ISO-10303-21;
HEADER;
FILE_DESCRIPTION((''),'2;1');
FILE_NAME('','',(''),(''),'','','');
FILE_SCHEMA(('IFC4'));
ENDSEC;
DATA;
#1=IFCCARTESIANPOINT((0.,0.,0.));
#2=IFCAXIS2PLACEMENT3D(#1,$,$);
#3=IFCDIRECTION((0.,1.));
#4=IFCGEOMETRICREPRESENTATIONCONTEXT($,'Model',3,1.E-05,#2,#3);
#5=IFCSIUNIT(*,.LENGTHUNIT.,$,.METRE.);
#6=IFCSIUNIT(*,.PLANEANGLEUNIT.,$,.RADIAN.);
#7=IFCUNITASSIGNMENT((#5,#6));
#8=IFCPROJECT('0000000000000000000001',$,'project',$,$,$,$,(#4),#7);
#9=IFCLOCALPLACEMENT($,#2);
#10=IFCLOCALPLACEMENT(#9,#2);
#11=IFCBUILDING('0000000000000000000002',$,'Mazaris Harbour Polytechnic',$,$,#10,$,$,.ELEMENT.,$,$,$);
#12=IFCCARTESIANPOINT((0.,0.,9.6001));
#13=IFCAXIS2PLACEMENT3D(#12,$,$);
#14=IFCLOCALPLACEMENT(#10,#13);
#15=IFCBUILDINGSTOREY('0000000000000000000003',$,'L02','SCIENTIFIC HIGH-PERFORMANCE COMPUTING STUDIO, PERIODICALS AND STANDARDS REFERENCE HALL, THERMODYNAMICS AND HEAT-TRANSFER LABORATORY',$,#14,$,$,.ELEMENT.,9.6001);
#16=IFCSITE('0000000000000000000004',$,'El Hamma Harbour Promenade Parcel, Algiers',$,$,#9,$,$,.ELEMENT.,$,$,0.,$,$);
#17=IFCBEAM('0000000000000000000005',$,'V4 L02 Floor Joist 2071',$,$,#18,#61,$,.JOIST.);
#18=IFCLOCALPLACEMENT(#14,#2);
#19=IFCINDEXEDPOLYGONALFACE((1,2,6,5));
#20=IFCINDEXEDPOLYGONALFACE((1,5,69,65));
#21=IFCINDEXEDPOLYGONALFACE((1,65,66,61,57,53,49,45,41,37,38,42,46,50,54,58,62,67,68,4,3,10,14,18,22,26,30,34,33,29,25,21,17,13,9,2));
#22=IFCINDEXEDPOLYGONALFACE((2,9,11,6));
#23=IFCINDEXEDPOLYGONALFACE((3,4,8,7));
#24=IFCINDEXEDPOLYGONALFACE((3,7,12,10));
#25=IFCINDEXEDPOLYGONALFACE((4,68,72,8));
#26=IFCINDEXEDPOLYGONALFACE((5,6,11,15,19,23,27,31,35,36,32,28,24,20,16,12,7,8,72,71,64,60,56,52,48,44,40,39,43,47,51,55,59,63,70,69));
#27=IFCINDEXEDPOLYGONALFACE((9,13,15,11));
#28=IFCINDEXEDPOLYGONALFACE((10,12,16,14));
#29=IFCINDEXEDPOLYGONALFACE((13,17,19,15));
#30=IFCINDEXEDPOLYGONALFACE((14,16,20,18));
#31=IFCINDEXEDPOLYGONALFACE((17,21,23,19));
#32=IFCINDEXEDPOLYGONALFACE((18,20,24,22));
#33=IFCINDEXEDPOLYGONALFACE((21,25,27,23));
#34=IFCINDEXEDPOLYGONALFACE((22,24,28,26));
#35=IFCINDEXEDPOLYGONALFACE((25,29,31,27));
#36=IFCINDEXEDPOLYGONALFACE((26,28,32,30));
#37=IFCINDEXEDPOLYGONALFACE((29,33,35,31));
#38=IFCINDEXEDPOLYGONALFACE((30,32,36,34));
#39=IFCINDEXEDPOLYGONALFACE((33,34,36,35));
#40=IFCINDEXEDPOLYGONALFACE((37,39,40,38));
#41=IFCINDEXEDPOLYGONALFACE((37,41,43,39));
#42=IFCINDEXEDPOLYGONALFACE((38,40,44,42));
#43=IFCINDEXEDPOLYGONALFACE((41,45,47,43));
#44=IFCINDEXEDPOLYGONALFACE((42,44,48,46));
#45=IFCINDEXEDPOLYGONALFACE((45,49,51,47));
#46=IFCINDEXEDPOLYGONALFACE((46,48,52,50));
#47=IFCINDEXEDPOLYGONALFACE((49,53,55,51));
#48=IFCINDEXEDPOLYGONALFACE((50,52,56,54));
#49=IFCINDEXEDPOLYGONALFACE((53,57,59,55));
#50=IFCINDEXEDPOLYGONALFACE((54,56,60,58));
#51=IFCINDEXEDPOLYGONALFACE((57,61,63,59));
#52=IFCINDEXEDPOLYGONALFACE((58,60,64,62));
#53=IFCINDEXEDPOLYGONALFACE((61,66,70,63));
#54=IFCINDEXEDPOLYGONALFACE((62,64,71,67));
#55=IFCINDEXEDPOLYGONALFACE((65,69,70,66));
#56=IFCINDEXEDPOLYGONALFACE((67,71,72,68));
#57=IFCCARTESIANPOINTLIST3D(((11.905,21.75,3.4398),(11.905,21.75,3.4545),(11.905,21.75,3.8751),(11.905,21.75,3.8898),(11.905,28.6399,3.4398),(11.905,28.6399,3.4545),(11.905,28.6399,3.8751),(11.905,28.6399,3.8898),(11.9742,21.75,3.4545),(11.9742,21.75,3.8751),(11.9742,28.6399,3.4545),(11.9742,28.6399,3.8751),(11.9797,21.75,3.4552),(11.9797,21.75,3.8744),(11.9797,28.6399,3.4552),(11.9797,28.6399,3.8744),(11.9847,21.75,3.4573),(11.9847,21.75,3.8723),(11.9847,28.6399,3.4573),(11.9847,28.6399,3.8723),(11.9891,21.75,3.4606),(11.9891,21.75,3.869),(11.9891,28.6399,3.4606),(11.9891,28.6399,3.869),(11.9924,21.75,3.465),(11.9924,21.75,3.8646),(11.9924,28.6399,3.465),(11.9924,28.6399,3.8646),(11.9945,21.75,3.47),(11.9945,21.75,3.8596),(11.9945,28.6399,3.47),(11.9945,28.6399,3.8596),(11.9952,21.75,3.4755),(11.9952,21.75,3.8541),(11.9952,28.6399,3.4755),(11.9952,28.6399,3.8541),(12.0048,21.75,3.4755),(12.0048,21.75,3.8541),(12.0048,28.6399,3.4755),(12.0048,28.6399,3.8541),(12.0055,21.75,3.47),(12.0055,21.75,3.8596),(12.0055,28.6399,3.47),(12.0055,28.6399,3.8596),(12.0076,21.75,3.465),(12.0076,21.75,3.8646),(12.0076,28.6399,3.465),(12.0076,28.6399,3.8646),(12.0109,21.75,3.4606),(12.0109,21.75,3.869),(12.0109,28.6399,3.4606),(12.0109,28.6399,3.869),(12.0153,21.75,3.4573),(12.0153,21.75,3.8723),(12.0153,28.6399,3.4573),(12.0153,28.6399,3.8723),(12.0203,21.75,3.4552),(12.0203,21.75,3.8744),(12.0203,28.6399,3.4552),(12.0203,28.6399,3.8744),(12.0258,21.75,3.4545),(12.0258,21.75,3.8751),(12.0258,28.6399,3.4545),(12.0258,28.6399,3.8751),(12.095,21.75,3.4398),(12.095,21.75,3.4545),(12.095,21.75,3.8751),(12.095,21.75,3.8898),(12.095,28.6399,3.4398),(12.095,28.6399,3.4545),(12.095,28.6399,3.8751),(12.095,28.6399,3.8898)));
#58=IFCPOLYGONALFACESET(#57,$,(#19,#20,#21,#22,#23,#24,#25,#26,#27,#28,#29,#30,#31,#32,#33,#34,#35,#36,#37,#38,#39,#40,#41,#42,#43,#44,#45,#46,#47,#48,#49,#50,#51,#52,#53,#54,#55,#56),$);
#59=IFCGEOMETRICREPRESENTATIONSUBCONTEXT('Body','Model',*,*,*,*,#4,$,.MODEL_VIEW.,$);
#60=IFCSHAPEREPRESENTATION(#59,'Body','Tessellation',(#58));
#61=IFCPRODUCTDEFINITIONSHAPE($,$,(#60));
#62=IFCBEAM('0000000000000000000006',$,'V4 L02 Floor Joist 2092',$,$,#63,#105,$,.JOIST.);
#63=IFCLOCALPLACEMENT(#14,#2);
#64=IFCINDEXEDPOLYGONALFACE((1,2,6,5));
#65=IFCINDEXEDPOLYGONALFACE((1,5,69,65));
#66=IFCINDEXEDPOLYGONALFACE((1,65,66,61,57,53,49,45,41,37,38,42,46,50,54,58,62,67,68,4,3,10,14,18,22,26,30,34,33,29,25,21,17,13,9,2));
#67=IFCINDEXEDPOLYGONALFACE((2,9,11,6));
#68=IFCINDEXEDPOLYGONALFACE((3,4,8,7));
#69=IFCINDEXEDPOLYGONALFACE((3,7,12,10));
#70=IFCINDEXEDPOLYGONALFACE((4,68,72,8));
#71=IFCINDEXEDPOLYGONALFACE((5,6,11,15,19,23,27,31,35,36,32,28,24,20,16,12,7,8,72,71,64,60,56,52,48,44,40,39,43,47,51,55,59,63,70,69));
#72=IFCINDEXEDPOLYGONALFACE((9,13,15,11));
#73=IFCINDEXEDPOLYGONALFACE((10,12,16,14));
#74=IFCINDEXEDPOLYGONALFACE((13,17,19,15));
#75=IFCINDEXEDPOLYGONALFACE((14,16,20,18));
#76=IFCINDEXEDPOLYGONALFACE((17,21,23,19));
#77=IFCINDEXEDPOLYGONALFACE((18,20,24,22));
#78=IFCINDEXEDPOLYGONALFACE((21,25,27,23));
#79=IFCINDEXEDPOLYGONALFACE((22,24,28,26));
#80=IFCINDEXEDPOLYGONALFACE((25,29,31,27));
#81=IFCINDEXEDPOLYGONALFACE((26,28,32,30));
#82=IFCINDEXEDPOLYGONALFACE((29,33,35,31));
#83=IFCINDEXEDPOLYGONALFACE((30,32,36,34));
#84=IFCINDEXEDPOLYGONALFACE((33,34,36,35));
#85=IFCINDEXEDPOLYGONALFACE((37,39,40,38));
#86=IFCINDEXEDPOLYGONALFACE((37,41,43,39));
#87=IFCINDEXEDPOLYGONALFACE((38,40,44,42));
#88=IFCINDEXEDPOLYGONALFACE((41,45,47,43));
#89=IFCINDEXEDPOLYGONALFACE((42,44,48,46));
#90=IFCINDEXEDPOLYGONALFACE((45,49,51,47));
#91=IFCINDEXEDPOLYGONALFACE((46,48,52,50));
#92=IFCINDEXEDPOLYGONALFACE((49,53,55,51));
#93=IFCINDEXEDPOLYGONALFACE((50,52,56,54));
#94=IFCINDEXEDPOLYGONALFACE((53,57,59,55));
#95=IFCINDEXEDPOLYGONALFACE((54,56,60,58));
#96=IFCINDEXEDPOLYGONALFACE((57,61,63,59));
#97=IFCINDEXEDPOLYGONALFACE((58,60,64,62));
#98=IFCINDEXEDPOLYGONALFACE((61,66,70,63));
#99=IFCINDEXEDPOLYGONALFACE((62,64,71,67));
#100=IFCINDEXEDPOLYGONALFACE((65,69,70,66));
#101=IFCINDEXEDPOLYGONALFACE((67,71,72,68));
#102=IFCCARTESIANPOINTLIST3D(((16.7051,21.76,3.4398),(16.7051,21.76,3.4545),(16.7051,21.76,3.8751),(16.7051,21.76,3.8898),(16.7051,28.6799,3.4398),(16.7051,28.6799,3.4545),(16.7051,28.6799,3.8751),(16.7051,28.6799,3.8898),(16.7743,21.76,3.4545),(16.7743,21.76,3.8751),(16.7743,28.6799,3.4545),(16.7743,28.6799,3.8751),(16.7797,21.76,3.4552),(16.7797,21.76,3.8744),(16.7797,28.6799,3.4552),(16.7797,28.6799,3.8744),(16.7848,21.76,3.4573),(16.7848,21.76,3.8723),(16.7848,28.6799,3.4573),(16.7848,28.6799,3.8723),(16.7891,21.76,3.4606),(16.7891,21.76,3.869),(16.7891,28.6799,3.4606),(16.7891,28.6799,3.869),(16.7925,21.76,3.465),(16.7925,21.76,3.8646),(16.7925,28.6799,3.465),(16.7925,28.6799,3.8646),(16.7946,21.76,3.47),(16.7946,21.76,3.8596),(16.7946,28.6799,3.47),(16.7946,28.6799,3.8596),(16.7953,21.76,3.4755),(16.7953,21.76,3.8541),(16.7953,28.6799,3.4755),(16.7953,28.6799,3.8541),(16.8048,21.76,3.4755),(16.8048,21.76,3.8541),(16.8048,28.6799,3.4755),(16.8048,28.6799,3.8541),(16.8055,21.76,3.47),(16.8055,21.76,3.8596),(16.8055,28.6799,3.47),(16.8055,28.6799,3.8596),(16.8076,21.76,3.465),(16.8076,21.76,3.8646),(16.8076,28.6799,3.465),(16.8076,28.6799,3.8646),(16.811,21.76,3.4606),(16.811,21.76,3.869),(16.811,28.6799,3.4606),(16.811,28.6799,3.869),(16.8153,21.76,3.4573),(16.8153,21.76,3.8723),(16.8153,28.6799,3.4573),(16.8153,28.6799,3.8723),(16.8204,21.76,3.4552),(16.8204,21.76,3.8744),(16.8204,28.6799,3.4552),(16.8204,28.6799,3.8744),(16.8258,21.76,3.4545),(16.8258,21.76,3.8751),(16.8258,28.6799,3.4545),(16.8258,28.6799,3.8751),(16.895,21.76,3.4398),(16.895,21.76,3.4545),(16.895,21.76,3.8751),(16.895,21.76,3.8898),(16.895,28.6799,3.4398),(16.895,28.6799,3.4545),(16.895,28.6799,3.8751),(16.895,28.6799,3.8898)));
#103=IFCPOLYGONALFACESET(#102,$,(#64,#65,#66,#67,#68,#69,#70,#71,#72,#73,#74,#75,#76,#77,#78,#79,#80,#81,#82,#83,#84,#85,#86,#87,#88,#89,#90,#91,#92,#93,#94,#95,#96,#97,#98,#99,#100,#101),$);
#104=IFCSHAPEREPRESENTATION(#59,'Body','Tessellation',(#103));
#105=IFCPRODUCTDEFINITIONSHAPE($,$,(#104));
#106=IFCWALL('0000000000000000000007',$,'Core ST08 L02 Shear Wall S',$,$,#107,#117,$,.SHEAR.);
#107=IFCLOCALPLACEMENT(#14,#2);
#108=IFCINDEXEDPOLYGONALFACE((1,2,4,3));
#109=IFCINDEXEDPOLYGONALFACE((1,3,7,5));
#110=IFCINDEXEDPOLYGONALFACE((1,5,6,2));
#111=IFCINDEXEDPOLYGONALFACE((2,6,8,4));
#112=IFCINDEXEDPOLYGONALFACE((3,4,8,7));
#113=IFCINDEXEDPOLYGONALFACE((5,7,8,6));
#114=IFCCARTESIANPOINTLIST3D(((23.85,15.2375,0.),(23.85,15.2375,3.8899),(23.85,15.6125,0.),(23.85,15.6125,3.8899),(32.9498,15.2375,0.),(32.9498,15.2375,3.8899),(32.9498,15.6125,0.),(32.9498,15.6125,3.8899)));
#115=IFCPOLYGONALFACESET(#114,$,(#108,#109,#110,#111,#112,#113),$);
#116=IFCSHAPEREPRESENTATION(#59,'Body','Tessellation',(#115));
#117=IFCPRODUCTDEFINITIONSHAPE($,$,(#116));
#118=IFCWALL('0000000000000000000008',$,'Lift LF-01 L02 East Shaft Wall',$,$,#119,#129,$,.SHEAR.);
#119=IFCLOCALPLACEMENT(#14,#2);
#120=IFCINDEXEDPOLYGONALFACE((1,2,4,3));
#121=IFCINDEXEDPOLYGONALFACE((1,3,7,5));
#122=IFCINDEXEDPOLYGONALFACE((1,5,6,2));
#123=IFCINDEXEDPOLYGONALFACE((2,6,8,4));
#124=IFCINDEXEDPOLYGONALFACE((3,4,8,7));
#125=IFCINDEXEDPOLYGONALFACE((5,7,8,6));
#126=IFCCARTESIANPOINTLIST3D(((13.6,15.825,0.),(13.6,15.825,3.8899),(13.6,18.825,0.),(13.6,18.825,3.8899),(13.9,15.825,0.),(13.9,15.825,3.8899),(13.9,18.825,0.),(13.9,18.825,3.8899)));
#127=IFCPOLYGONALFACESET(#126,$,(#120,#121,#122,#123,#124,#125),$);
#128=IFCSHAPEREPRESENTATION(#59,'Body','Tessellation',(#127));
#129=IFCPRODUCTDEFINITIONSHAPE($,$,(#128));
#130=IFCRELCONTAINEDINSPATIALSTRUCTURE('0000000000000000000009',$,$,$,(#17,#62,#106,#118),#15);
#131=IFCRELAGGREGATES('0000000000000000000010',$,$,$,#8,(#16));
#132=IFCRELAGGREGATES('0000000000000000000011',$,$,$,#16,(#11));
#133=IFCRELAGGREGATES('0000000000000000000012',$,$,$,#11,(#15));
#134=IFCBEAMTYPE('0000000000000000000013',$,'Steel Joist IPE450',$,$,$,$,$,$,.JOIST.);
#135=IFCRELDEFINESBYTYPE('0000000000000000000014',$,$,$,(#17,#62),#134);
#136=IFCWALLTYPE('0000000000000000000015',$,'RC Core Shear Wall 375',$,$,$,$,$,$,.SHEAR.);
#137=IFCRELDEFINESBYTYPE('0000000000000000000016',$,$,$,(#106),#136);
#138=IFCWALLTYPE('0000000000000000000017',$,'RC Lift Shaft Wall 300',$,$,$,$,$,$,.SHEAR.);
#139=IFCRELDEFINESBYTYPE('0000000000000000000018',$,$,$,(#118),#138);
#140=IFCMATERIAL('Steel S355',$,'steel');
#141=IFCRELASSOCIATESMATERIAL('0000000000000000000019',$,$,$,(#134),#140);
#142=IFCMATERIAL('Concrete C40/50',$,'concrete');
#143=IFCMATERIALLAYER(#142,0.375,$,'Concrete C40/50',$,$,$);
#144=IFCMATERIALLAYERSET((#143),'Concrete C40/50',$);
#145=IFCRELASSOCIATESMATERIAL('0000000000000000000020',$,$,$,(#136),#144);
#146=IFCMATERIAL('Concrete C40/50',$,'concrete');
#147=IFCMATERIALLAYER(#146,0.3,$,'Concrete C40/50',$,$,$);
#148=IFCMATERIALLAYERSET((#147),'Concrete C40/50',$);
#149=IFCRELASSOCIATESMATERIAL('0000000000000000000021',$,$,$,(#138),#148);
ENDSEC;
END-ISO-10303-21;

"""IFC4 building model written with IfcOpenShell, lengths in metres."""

from ifc_helpers import new_model, si_unit, direction, frame, frame_2d, origin, origin_2d, place, context, subcontext, project, spatial, rectangle, i_section, extrude, material, layer, layer_set, material_profile, profile_set, type_object, element, save


model = new_model("IFC4")

# Units and contexts
model_context = context("Model", 3, precision=1e-05, world=origin(), true_north=direction((0.0, 1.0)))
body_context = subcontext(model_context, "Body", "Model", "MODEL_VIEW")
ifc_project = project(units=[si_unit("LENGTHUNIT", "METRE"), si_unit("PLANEANGLEUNIT", "RADIAN")], contexts=[model_context])

# Site, building, storey
site_placement = place(None, origin())
site = spatial("IfcSite", under=ifc_project, at=site_placement, Name="El Hamma Harbour Promenade Parcel, Algiers", CompositionType="ELEMENT", RefElevation=0.0)
building_placement = place(site_placement, origin())
building = spatial("IfcBuilding", under=site, at=building_placement, Name="Mazaris Harbour Polytechnic", CompositionType="ELEMENT")
storey_placement = place(building_placement, frame((0.0, 0.0, 9.6001)))
storey = spatial("IfcBuildingStorey", under=building, at=storey_placement, Name="L02", Description="SCIENTIFIC HIGH-PERFORMANCE COMPUTING STUDIO, PERIODICALS AND STANDARDS REFERENCE HALL, THERMODYNAMICS AND HEAT-TRANSFER LABORATORY", CompositionType="ELEMENT", Elevation=9.6001)

# Beams
ifc_material_1 = material(Name="Steel S355", Category="steel")
ifc_material_profile_1 = material_profile(ifc_material_1, i_section(OverallWidth=0.1899, OverallDepth=0.45, WebThickness=0.0095, FlangeThickness=0.0146, FilletRadius=0.021, at=origin_2d()), Name="IPE 450")
ifc_profile_set_1 = profile_set([ifc_material_profile_1], Name="Steel S355")
beam_type_1 = type_object("IfcBeamType", Name="Steel Joist IPE450", PredefinedType="JOIST", material=ifc_profile_set_1)
beam_1_placement = place(storey_placement, frame((12.0, 21.75, 3.6648), z_axis=(0.0, 1.0, 0.0), x_axis=(-1.0, 0.0, 0.0)))
element("IfcBeam", 1, at=beam_1_placement, inside=storey, type_object=beam_type_1, Name="V4 L02 Floor Joist 2071", PredefinedType="JOIST", context=body_context, shape_type="SweptSolid", body=[
    extrude(i_section(OverallWidth=0.1899, OverallDepth=0.45, WebThickness=0.0095, FlangeThickness=0.0146, FilletRadius=0.021, at=origin_2d()), origin(), (0.0, 0.0, 1.0), 6.8899),
])
beam_2_placement = place(storey_placement, frame((16.8, 21.76, 3.6648), z_axis=(0.0, 1.0, 0.0), x_axis=(-1.0, 0.0, 0.0)))
element("IfcBeam", 2, at=beam_2_placement, inside=storey, type_object=beam_type_1, Name="V4 L02 Floor Joist 2092", PredefinedType="JOIST", context=body_context, shape_type="SweptSolid", body=[
    extrude(i_section(OverallWidth=0.1899, OverallDepth=0.45, WebThickness=0.0095, FlangeThickness=0.0146, FilletRadius=0.021, at=origin_2d()), origin(), (0.0, 0.0, 1.0), 6.9199),
])

# Walls
ifc_material_2 = material(Name="Concrete C40/50", Category="concrete")
ifc_layer_1 = layer(ifc_material_2, 0.375, Name="Concrete C40/50")
ifc_layer_set_1 = layer_set([ifc_layer_1], Name="Concrete C40/50")
wall_type_1 = type_object("IfcWallType", Name="RC Core Shear Wall 375", PredefinedType="SHEAR", material=ifc_layer_set_1)
wall_1_placement = place(storey_placement, frame((23.8501, 15.425, 0.0), z_axis=(0.0, 0.0, 1.0), x_axis=(1.0, 0.0, 0.0)))
element("IfcWall", 3, at=wall_1_placement, inside=storey, type_object=wall_type_1, Name="Core ST08 L02 Shear Wall S", PredefinedType="SHEAR", context=body_context, shape_type="SweptSolid", body=[
    extrude(rectangle(XDim=9.0999, YDim=0.375, at=frame_2d((4.5498, 0.0))), origin(), (0.0, 0.0, 1.0), 3.8899),
])
ifc_material_3 = material(Name="Concrete C40/50", Category="concrete")
ifc_layer_2 = layer(ifc_material_3, 0.3, Name="Concrete C40/50")
ifc_layer_set_2 = layer_set([ifc_layer_2], Name="Concrete C40/50")
wall_type_2 = type_object("IfcWallType", Name="RC Lift Shaft Wall 300", PredefinedType="SHEAR", material=ifc_layer_set_2)
wall_2_placement = place(storey_placement, frame((13.75, 15.825, 0.0), z_axis=(0.0, 0.0, 1.0), x_axis=(0.0, 1.0, 0.0)))
element("IfcWall", 4, at=wall_2_placement, inside=storey, type_object=wall_type_2, Name="Lift LF-01 L02 East Shaft Wall", PredefinedType="SHEAR", context=body_context, shape_type="SweptSolid", body=[
    extrude(rectangle(XDim=3.0, YDim=0.3, at=frame_2d((1.5, 0.0))), origin(), (0.0, 0.0, 1.0), 3.8899),
])

save(model, "model.ifc")
